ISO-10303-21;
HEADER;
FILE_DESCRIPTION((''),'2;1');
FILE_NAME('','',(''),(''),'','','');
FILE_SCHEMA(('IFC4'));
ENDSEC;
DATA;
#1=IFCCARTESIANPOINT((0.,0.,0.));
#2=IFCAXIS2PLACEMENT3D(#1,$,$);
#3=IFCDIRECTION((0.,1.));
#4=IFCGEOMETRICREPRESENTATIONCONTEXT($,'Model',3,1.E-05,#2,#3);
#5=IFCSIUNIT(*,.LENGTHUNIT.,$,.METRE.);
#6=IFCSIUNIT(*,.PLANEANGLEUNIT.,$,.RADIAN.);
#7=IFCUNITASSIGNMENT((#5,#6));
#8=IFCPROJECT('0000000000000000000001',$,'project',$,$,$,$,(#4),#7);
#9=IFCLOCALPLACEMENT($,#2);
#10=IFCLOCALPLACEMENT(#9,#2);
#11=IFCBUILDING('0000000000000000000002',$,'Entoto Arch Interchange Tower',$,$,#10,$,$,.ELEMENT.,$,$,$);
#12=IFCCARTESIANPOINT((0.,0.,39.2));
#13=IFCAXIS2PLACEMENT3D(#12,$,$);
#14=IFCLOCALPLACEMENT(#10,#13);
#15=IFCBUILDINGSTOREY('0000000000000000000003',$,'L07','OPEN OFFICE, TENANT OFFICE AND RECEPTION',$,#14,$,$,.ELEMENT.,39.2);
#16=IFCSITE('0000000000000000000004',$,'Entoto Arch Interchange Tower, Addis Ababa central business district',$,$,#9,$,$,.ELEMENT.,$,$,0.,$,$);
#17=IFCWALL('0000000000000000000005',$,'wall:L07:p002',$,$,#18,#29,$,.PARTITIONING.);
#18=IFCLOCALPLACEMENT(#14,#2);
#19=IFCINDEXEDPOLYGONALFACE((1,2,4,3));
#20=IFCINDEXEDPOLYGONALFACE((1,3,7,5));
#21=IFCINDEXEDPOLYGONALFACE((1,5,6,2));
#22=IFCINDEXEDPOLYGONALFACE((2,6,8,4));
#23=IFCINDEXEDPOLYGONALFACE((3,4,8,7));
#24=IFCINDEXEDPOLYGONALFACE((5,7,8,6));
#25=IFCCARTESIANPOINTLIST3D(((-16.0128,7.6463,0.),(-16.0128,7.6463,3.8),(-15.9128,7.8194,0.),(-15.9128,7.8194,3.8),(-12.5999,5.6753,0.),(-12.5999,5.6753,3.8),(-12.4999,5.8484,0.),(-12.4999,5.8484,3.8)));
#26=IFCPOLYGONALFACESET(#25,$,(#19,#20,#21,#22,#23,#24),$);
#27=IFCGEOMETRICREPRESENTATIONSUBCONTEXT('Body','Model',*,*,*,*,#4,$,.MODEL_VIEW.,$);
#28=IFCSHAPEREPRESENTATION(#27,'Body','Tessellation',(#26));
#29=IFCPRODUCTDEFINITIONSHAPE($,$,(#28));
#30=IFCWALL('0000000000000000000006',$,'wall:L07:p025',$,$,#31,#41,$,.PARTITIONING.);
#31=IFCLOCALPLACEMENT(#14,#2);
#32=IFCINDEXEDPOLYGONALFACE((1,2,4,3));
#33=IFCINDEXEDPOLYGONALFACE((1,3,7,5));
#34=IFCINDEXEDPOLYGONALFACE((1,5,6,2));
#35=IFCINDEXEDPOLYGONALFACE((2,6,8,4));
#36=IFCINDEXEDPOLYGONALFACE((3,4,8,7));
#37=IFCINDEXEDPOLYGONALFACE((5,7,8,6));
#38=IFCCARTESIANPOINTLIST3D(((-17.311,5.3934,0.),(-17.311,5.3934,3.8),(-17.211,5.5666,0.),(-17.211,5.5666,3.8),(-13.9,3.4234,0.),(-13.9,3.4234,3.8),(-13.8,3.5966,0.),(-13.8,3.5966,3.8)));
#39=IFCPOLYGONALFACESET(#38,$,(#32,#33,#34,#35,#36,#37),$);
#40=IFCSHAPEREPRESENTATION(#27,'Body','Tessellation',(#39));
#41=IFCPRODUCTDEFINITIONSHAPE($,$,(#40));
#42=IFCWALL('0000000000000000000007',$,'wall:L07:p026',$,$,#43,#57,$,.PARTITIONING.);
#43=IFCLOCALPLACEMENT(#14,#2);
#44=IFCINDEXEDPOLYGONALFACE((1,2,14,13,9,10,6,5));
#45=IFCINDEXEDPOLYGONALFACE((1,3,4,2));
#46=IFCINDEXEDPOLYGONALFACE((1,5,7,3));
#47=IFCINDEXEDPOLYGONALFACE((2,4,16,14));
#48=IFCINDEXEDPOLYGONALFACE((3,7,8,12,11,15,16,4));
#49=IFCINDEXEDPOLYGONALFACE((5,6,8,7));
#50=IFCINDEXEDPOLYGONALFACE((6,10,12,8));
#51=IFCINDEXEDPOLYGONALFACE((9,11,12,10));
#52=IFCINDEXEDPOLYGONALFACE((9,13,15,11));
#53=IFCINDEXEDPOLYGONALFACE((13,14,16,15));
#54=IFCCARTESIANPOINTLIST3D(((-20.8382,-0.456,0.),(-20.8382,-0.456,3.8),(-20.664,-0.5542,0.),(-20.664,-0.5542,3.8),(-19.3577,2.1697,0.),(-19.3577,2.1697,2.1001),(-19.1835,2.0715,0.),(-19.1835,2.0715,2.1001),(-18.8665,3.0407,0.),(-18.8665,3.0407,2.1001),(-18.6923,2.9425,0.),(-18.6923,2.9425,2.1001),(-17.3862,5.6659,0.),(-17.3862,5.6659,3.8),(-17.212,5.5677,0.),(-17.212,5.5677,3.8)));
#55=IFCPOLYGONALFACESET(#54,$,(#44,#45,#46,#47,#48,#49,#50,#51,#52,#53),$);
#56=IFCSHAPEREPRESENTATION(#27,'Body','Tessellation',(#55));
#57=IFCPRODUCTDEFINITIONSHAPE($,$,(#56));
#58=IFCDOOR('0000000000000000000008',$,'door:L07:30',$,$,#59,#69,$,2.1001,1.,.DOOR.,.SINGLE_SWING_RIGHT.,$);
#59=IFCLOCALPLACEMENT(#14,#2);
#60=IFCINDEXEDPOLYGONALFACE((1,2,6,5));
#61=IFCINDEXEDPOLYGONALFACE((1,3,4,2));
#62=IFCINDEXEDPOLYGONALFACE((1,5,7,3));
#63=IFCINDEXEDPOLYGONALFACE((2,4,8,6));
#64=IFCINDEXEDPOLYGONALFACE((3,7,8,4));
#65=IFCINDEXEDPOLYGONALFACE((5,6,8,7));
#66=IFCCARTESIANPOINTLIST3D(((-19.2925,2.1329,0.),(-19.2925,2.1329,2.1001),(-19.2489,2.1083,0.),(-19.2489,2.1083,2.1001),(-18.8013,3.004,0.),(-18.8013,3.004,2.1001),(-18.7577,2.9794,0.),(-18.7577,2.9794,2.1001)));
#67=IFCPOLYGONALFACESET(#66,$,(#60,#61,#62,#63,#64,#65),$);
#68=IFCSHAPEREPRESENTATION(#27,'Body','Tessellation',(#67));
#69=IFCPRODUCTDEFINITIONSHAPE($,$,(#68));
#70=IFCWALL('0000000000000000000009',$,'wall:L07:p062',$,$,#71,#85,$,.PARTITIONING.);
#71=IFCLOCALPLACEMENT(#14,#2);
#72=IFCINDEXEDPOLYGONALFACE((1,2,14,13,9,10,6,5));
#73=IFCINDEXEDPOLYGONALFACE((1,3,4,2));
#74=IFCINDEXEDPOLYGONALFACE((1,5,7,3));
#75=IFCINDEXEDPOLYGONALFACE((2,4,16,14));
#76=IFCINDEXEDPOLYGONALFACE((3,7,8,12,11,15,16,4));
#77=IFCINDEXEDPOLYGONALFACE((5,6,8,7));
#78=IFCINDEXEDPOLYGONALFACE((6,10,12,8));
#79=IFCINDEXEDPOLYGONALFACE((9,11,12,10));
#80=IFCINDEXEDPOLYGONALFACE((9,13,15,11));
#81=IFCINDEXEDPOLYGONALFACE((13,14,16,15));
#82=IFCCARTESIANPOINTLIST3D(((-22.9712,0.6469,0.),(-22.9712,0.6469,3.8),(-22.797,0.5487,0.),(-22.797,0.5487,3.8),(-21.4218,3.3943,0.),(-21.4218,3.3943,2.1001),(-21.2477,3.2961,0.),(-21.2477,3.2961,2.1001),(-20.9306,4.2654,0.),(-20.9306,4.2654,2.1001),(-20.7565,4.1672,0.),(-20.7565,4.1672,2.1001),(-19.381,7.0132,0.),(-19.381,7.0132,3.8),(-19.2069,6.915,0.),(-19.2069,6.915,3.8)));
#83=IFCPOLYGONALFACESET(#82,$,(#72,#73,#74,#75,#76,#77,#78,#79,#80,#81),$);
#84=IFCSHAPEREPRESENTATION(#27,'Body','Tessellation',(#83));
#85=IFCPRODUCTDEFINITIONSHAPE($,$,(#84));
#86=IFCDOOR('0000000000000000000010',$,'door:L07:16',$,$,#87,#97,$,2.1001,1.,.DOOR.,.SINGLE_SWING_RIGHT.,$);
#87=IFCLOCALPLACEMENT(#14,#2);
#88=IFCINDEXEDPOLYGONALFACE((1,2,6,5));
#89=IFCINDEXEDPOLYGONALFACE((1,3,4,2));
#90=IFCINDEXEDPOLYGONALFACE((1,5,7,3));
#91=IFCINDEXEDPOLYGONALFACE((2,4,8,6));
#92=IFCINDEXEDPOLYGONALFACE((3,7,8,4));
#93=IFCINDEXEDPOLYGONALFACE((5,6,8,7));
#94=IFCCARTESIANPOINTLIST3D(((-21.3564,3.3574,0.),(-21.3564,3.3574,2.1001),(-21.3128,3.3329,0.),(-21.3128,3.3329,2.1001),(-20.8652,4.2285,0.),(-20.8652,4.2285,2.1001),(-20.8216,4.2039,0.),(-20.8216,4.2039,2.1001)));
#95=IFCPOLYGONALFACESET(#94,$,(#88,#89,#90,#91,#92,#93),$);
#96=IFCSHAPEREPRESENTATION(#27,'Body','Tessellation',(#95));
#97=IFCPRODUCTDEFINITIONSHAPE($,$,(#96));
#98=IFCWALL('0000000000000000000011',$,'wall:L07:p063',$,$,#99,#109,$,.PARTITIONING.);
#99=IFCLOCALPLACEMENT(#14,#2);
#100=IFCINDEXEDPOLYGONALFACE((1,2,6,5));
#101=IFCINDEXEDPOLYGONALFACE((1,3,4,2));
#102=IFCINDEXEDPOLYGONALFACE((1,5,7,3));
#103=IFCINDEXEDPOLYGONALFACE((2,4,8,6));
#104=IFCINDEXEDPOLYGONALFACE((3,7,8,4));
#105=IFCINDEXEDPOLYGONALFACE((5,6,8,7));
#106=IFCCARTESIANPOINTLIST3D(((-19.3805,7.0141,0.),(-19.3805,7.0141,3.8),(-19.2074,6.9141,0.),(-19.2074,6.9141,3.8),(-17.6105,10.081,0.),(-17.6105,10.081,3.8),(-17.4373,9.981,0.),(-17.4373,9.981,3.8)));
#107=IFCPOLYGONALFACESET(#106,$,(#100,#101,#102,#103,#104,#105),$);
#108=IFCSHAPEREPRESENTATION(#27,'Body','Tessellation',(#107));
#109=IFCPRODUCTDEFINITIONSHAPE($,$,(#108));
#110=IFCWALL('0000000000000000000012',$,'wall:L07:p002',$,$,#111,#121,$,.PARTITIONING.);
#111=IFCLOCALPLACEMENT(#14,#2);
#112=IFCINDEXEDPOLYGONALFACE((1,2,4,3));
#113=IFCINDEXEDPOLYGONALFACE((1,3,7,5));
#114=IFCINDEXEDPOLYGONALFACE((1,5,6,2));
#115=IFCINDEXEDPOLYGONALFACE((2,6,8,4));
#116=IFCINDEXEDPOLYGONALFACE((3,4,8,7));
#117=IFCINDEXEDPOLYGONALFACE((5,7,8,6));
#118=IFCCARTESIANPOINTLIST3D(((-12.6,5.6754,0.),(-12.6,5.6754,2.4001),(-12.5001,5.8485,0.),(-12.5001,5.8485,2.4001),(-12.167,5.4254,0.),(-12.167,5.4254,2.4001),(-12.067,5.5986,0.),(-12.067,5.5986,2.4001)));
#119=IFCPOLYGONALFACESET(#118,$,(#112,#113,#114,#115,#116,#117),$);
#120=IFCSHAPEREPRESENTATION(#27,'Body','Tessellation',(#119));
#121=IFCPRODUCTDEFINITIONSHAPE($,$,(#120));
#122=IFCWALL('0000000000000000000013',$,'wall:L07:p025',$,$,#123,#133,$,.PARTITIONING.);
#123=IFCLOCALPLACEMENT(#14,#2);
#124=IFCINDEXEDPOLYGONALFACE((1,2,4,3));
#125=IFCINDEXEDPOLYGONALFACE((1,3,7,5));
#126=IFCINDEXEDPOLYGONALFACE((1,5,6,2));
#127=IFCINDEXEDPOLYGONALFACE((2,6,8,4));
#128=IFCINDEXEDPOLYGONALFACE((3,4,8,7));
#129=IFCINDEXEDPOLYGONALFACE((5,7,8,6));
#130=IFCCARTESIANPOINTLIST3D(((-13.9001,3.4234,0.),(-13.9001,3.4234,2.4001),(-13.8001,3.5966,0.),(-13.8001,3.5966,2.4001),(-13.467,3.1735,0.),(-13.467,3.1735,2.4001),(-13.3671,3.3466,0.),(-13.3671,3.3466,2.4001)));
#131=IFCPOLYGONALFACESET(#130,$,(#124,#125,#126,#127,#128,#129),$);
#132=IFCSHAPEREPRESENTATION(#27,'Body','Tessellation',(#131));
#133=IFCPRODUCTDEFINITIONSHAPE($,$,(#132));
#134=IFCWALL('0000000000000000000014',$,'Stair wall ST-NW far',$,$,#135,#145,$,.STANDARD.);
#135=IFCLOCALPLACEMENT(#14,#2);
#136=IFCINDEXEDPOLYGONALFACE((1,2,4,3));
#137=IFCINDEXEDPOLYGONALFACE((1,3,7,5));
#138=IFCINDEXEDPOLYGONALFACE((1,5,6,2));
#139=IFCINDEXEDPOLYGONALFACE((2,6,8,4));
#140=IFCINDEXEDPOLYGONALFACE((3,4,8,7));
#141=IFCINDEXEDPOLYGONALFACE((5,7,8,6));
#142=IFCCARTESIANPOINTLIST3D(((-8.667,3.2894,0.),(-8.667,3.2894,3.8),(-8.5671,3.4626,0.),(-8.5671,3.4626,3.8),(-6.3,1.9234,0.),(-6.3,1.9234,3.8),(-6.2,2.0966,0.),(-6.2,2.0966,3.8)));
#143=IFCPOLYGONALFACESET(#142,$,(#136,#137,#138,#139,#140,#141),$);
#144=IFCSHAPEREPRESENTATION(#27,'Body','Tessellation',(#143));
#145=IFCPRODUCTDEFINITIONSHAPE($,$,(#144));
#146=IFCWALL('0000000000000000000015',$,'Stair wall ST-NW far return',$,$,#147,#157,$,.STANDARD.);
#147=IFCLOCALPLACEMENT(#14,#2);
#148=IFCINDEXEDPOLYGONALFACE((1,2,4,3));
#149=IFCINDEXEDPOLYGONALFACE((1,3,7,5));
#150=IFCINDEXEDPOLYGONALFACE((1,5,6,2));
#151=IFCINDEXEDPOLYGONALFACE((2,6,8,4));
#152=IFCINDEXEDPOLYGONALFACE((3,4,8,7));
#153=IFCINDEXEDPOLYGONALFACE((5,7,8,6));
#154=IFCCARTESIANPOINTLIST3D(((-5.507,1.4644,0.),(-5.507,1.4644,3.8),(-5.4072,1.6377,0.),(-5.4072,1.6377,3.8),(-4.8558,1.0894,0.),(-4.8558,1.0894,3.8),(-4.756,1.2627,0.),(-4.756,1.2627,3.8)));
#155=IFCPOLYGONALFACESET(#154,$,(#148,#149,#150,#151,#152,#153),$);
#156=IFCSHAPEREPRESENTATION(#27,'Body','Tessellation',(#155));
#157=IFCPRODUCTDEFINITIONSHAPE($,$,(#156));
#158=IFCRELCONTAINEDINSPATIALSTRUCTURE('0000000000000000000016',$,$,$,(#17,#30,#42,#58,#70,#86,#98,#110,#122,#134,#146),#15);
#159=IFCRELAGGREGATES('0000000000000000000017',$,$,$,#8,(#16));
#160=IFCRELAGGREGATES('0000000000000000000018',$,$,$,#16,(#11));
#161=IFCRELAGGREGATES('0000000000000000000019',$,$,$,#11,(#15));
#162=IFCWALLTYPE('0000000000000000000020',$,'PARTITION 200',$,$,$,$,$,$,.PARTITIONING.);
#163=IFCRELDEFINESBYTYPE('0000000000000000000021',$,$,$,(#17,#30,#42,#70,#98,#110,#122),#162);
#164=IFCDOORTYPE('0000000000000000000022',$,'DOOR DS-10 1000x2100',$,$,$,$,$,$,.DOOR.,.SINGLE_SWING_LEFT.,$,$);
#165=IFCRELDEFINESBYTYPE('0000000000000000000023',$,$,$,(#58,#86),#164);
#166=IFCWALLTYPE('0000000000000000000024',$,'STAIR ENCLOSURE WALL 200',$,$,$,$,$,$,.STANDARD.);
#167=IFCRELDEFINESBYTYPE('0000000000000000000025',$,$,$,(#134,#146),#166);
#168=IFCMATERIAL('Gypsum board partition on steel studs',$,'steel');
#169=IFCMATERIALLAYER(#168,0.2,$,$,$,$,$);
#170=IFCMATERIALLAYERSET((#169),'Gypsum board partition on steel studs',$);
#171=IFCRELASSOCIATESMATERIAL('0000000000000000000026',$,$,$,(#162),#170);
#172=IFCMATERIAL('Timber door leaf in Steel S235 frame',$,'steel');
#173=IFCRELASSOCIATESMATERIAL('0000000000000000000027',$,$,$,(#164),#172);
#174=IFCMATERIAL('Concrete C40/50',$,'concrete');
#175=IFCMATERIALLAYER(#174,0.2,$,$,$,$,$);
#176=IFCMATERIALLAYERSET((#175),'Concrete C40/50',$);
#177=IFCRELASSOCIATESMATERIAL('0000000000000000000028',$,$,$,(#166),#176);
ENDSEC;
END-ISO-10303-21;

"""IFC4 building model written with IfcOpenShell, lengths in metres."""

from ifc_helpers import new_model, si_unit, direction, frame, frame_2d, origin, place, context, subcontext, project, spatial, rectangle, extrude, material, layer, layer_set, type_object, element, fill, save


model = new_model("IFC4")

# Units and contexts
model_context = context("Model", 3, precision=1e-05, world=origin(), true_north=direction((0.0, 1.0)))
body_context = subcontext(model_context, "Body", "Model", "MODEL_VIEW")
ifc_project = project(units=[si_unit("LENGTHUNIT", "METRE"), si_unit("PLANEANGLEUNIT", "RADIAN")], contexts=[model_context])

# Site, building, storey
site_placement = place(None, origin())
site = spatial("IfcSite", under=ifc_project, at=site_placement, Name="Entoto Arch Interchange Tower, Addis Ababa central business district", CompositionType="ELEMENT", RefElevation=0.0)
building_placement = place(site_placement, origin())
building = spatial("IfcBuilding", under=site, at=building_placement, Name="Entoto Arch Interchange Tower", CompositionType="ELEMENT")
storey_placement = place(building_placement, frame((0.0, 0.0, 39.2)))
storey = spatial("IfcBuildingStorey", under=building, at=storey_placement, Name="L07", Description="OPEN OFFICE, TENANT OFFICE AND RECEPTION", CompositionType="ELEMENT", Elevation=39.2)

# Shared definitions
ifc_material_1 = material(Name="Concrete C40/50", Category="concrete")

# Walls
ifc_material_2 = material(Name="Gypsum board partition on steel studs", Category="steel")
ifc_layer_1 = layer(ifc_material_2, 0.2)
ifc_layer_set_1 = layer_set([ifc_layer_1], Name="Gypsum board partition on steel studs")
wall_type_1 = type_object("IfcWallType", Name="PARTITION 200", PredefinedType="PARTITIONING", material=ifc_layer_set_1)
wall_1_placement = place(storey_placement, frame((-15.9629, 7.7329, 0.0), z_axis=(0.0, 0.0, 1.0), x_axis=(0.865966, -0.500103, 0.0)))
element("IfcWall", 1, at=wall_1_placement, inside=storey, type_object=wall_type_1, Name="wall:L07:p002", PredefinedType="PARTITIONING", context=body_context, shape_type="SweptSolid", body=[
    extrude(rectangle(XDim=3.9412, YDim=0.2, at=frame_2d((1.9707, 0.0))), origin(), (0.0, 0.0, 1.0), 3.8),
])
wall_2_placement = place(storey_placement, frame((-17.261, 5.48, 0.0), z_axis=(0.0, 0.0, 1.0), x_axis=(0.865949, -0.500132, 0.0)))
element("IfcWall", 2, at=wall_2_placement, inside=storey, type_object=wall_type_1, Name="wall:L07:p025", PredefinedType="PARTITIONING", context=body_context, shape_type="SweptSolid", body=[
    extrude(rectangle(XDim=3.939, YDim=0.2, at=frame_2d((1.9695, 0.0))), origin(), (0.0, 0.0, 1.0), 3.8),
])

# Walls, openings, doors
wall_3_placement = place(storey_placement, frame((-17.2991, 5.6169, 0.0), z_axis=(0.0, 0.0, 1.0), x_axis=(-0.491166, -0.871066, 0.0)))
wall_3 = element("IfcWall", 3, at=wall_3_placement, inside=storey, type_object=wall_type_1, Name="wall:L07:p026", PredefinedType="PARTITIONING", context=body_context, shape_type="SweptSolid", body=[
    extrude(rectangle(XDim=7.0281, YDim=0.2, at=frame_2d((3.5142, 0.0))), origin(), (0.0, 0.0, 1.0), 3.8),
])
opening_1_placement = place(wall_3_placement, frame((3.0139, 0.0, 0.0)))
opening_1 = element("IfcOpeningElement", 4, at=opening_1_placement, cuts=wall_3, PredefinedType="OPENING", context=body_context, shape_type="SweptSolid", body=[
    extrude(rectangle(XDim=1.0, YDim=2.1001, at=frame_2d((0.5, 1.05))), frame((0.0, 0.1099, 0.0), z_axis=(0.0, -1.0, 0.0), x_axis=(1.0, 0.0, 0.0)), (0.0, 0.0, 1.0), 0.22),
])
ifc_material_3 = material(Name="Timber door leaf in Steel S235 frame", Category="steel")
door_type_1 = type_object("IfcDoorType", Name="DOOR DS-10 1000x2100", OperationType="SINGLE_SWING_LEFT", PredefinedType="DOOR", material=ifc_material_3)
door_1_placement = place(opening_1_placement, origin())
door_1 = element("IfcDoor", 5, at=door_1_placement, inside=storey, type_object=door_type_1, Name="door:L07:30", OperationType="SINGLE_SWING_RIGHT", OverallHeight=2.1001, OverallWidth=1.0, PredefinedType="DOOR", context=body_context, shape_type="SweptSolid", body=[
    extrude(rectangle(XDim=1.0, YDim=2.1001, at=frame_2d((0.5, 1.05))), frame((0.0, 0.0249, 0.0), z_axis=(0.0, -1.0, 0.0), x_axis=(1.0, 0.0, 0.0)), (0.0, 0.0, 1.0), 0.05),
])
fill(opening_1, door_1)
wall_4_placement = place(storey_placement, frame((-22.884, 0.5979, 0.0), z_axis=(0.0, 0.0, 1.0), x_axis=(0.491206, 0.871043, 0.0)))
wall_4 = element("IfcWall", 6, at=wall_4_placement, inside=storey, type_object=wall_type_1, Name="wall:L07:p062", PredefinedType="PARTITIONING", context=body_context, shape_type="SweptSolid", body=[
    extrude(rectangle(XDim=7.3088, YDim=0.2, at=frame_2d((3.6543, 0.0))), origin(), (0.0, 0.0, 1.0), 3.8),
])
opening_2_placement = place(wall_4_placement, frame((3.1541, 0.0, 0.0)))
opening_2 = element("IfcOpeningElement", 7, at=opening_2_placement, cuts=wall_4, PredefinedType="OPENING", context=body_context, shape_type="SweptSolid", body=[
    extrude(rectangle(XDim=1.0, YDim=2.1001, at=frame_2d((0.5, 1.05))), frame((0.0, 0.1099, 0.0), z_axis=(0.0, -1.0, 0.0), x_axis=(1.0, 0.0, 0.0)), (0.0, 0.0, 1.0), 0.22),
])
door_2_placement = place(opening_2_placement, origin())
door_2 = element("IfcDoor", 8, at=door_2_placement, inside=storey, type_object=door_type_1, Name="door:L07:16", OperationType="SINGLE_SWING_RIGHT", OverallHeight=2.1001, OverallWidth=1.0, PredefinedType="DOOR", context=body_context, shape_type="SweptSolid", body=[
    extrude(rectangle(XDim=1.0, YDim=2.1001, at=frame_2d((0.5, 1.05))), frame((0.0, 0.0249, 0.0), z_axis=(0.0, -1.0, 0.0), x_axis=(1.0, 0.0, 0.0)), (0.0, 0.0, 1.0), 0.05),
])
fill(opening_2, door_2)

# Walls
wall_5_placement = place(storey_placement, frame((-19.2939, 6.9641, 0.0), z_axis=(0.0, 0.0, 1.0), x_axis=(0.499862, 0.866105, 0.0)))
element("IfcWall", 9, at=wall_5_placement, inside=storey, type_object=wall_type_1, Name="wall:L07:p063", PredefinedType="PARTITIONING", context=body_context, shape_type="SweptSolid", body=[
    extrude(rectangle(XDim=3.541, YDim=0.2, at=frame_2d((1.7705, 0.0))), origin(), (0.0, 0.0, 1.0), 3.8),
])
for number, where, z_axis, x_axis, name in (
    (10, (-12.55, 5.762, 0.0), (0.0, 0.0, 1.0), (0.866072, -0.49992, 0.0), "wall:L07:p002"),
    (11, (-13.8501, 3.51, 0.0), (0.0, 0.0, 1.0), (0.866072, -0.49992, 0.0), "wall:L07:p025"),
):
    element("IfcWall", number, at=place(storey_placement, frame(where, z_axis=z_axis, x_axis=x_axis)), inside=storey, type_object=wall_type_1, Name=name, PredefinedType="PARTITIONING", context=body_context, shape_type="SweptSolid", body=[
        extrude(rectangle(XDim=0.5, YDim=0.2, at=frame_2d((0.25, 0.0))), origin(), (0.0, 0.0, 1.0), 2.4001),
    ])
ifc_layer_2 = layer(ifc_material_1, 0.2)
ifc_layer_set_2 = layer_set([ifc_layer_2], Name="Concrete C40/50")
wall_type_2 = type_object("IfcWallType", Name="STAIR ENCLOSURE WALL 200", PredefinedType="STANDARD", material=ifc_layer_set_2)
wall_6_placement = place(storey_placement, frame((-6.25, 2.01, 0.0), z_axis=(0.0, 0.0, 1.0), x_axis=(-0.866119, 0.499838, 0.0)))
element("IfcWall", 12, at=wall_6_placement, inside=storey, type_object=wall_type_2, Name="Stair wall ST-NW far", PredefinedType="STANDARD", context=body_context, shape_type="SweptSolid", body=[
    extrude(rectangle(XDim=2.7329, YDim=0.2, at=frame_2d((1.3665, 0.0))), origin(), (0.0, 0.0, 1.0), 3.8),
])
wall_7_placement = place(storey_placement, frame((-4.8059, 1.176, 0.0), z_axis=(0.0, 0.0, 1.0), x_axis=(-0.866559, 0.499075, 0.0)))
element("IfcWall", 13, at=wall_7_placement, inside=storey, type_object=wall_type_2, Name="Stair wall ST-NW far return", PredefinedType="STANDARD", context=body_context, shape_type="SweptSolid", body=[
    extrude(rectangle(XDim=0.7515, YDim=0.2, at=frame_2d((0.3757, 0.0))), origin(), (0.0, 0.0, 1.0), 3.8),
])

save(model, "model.ifc")
